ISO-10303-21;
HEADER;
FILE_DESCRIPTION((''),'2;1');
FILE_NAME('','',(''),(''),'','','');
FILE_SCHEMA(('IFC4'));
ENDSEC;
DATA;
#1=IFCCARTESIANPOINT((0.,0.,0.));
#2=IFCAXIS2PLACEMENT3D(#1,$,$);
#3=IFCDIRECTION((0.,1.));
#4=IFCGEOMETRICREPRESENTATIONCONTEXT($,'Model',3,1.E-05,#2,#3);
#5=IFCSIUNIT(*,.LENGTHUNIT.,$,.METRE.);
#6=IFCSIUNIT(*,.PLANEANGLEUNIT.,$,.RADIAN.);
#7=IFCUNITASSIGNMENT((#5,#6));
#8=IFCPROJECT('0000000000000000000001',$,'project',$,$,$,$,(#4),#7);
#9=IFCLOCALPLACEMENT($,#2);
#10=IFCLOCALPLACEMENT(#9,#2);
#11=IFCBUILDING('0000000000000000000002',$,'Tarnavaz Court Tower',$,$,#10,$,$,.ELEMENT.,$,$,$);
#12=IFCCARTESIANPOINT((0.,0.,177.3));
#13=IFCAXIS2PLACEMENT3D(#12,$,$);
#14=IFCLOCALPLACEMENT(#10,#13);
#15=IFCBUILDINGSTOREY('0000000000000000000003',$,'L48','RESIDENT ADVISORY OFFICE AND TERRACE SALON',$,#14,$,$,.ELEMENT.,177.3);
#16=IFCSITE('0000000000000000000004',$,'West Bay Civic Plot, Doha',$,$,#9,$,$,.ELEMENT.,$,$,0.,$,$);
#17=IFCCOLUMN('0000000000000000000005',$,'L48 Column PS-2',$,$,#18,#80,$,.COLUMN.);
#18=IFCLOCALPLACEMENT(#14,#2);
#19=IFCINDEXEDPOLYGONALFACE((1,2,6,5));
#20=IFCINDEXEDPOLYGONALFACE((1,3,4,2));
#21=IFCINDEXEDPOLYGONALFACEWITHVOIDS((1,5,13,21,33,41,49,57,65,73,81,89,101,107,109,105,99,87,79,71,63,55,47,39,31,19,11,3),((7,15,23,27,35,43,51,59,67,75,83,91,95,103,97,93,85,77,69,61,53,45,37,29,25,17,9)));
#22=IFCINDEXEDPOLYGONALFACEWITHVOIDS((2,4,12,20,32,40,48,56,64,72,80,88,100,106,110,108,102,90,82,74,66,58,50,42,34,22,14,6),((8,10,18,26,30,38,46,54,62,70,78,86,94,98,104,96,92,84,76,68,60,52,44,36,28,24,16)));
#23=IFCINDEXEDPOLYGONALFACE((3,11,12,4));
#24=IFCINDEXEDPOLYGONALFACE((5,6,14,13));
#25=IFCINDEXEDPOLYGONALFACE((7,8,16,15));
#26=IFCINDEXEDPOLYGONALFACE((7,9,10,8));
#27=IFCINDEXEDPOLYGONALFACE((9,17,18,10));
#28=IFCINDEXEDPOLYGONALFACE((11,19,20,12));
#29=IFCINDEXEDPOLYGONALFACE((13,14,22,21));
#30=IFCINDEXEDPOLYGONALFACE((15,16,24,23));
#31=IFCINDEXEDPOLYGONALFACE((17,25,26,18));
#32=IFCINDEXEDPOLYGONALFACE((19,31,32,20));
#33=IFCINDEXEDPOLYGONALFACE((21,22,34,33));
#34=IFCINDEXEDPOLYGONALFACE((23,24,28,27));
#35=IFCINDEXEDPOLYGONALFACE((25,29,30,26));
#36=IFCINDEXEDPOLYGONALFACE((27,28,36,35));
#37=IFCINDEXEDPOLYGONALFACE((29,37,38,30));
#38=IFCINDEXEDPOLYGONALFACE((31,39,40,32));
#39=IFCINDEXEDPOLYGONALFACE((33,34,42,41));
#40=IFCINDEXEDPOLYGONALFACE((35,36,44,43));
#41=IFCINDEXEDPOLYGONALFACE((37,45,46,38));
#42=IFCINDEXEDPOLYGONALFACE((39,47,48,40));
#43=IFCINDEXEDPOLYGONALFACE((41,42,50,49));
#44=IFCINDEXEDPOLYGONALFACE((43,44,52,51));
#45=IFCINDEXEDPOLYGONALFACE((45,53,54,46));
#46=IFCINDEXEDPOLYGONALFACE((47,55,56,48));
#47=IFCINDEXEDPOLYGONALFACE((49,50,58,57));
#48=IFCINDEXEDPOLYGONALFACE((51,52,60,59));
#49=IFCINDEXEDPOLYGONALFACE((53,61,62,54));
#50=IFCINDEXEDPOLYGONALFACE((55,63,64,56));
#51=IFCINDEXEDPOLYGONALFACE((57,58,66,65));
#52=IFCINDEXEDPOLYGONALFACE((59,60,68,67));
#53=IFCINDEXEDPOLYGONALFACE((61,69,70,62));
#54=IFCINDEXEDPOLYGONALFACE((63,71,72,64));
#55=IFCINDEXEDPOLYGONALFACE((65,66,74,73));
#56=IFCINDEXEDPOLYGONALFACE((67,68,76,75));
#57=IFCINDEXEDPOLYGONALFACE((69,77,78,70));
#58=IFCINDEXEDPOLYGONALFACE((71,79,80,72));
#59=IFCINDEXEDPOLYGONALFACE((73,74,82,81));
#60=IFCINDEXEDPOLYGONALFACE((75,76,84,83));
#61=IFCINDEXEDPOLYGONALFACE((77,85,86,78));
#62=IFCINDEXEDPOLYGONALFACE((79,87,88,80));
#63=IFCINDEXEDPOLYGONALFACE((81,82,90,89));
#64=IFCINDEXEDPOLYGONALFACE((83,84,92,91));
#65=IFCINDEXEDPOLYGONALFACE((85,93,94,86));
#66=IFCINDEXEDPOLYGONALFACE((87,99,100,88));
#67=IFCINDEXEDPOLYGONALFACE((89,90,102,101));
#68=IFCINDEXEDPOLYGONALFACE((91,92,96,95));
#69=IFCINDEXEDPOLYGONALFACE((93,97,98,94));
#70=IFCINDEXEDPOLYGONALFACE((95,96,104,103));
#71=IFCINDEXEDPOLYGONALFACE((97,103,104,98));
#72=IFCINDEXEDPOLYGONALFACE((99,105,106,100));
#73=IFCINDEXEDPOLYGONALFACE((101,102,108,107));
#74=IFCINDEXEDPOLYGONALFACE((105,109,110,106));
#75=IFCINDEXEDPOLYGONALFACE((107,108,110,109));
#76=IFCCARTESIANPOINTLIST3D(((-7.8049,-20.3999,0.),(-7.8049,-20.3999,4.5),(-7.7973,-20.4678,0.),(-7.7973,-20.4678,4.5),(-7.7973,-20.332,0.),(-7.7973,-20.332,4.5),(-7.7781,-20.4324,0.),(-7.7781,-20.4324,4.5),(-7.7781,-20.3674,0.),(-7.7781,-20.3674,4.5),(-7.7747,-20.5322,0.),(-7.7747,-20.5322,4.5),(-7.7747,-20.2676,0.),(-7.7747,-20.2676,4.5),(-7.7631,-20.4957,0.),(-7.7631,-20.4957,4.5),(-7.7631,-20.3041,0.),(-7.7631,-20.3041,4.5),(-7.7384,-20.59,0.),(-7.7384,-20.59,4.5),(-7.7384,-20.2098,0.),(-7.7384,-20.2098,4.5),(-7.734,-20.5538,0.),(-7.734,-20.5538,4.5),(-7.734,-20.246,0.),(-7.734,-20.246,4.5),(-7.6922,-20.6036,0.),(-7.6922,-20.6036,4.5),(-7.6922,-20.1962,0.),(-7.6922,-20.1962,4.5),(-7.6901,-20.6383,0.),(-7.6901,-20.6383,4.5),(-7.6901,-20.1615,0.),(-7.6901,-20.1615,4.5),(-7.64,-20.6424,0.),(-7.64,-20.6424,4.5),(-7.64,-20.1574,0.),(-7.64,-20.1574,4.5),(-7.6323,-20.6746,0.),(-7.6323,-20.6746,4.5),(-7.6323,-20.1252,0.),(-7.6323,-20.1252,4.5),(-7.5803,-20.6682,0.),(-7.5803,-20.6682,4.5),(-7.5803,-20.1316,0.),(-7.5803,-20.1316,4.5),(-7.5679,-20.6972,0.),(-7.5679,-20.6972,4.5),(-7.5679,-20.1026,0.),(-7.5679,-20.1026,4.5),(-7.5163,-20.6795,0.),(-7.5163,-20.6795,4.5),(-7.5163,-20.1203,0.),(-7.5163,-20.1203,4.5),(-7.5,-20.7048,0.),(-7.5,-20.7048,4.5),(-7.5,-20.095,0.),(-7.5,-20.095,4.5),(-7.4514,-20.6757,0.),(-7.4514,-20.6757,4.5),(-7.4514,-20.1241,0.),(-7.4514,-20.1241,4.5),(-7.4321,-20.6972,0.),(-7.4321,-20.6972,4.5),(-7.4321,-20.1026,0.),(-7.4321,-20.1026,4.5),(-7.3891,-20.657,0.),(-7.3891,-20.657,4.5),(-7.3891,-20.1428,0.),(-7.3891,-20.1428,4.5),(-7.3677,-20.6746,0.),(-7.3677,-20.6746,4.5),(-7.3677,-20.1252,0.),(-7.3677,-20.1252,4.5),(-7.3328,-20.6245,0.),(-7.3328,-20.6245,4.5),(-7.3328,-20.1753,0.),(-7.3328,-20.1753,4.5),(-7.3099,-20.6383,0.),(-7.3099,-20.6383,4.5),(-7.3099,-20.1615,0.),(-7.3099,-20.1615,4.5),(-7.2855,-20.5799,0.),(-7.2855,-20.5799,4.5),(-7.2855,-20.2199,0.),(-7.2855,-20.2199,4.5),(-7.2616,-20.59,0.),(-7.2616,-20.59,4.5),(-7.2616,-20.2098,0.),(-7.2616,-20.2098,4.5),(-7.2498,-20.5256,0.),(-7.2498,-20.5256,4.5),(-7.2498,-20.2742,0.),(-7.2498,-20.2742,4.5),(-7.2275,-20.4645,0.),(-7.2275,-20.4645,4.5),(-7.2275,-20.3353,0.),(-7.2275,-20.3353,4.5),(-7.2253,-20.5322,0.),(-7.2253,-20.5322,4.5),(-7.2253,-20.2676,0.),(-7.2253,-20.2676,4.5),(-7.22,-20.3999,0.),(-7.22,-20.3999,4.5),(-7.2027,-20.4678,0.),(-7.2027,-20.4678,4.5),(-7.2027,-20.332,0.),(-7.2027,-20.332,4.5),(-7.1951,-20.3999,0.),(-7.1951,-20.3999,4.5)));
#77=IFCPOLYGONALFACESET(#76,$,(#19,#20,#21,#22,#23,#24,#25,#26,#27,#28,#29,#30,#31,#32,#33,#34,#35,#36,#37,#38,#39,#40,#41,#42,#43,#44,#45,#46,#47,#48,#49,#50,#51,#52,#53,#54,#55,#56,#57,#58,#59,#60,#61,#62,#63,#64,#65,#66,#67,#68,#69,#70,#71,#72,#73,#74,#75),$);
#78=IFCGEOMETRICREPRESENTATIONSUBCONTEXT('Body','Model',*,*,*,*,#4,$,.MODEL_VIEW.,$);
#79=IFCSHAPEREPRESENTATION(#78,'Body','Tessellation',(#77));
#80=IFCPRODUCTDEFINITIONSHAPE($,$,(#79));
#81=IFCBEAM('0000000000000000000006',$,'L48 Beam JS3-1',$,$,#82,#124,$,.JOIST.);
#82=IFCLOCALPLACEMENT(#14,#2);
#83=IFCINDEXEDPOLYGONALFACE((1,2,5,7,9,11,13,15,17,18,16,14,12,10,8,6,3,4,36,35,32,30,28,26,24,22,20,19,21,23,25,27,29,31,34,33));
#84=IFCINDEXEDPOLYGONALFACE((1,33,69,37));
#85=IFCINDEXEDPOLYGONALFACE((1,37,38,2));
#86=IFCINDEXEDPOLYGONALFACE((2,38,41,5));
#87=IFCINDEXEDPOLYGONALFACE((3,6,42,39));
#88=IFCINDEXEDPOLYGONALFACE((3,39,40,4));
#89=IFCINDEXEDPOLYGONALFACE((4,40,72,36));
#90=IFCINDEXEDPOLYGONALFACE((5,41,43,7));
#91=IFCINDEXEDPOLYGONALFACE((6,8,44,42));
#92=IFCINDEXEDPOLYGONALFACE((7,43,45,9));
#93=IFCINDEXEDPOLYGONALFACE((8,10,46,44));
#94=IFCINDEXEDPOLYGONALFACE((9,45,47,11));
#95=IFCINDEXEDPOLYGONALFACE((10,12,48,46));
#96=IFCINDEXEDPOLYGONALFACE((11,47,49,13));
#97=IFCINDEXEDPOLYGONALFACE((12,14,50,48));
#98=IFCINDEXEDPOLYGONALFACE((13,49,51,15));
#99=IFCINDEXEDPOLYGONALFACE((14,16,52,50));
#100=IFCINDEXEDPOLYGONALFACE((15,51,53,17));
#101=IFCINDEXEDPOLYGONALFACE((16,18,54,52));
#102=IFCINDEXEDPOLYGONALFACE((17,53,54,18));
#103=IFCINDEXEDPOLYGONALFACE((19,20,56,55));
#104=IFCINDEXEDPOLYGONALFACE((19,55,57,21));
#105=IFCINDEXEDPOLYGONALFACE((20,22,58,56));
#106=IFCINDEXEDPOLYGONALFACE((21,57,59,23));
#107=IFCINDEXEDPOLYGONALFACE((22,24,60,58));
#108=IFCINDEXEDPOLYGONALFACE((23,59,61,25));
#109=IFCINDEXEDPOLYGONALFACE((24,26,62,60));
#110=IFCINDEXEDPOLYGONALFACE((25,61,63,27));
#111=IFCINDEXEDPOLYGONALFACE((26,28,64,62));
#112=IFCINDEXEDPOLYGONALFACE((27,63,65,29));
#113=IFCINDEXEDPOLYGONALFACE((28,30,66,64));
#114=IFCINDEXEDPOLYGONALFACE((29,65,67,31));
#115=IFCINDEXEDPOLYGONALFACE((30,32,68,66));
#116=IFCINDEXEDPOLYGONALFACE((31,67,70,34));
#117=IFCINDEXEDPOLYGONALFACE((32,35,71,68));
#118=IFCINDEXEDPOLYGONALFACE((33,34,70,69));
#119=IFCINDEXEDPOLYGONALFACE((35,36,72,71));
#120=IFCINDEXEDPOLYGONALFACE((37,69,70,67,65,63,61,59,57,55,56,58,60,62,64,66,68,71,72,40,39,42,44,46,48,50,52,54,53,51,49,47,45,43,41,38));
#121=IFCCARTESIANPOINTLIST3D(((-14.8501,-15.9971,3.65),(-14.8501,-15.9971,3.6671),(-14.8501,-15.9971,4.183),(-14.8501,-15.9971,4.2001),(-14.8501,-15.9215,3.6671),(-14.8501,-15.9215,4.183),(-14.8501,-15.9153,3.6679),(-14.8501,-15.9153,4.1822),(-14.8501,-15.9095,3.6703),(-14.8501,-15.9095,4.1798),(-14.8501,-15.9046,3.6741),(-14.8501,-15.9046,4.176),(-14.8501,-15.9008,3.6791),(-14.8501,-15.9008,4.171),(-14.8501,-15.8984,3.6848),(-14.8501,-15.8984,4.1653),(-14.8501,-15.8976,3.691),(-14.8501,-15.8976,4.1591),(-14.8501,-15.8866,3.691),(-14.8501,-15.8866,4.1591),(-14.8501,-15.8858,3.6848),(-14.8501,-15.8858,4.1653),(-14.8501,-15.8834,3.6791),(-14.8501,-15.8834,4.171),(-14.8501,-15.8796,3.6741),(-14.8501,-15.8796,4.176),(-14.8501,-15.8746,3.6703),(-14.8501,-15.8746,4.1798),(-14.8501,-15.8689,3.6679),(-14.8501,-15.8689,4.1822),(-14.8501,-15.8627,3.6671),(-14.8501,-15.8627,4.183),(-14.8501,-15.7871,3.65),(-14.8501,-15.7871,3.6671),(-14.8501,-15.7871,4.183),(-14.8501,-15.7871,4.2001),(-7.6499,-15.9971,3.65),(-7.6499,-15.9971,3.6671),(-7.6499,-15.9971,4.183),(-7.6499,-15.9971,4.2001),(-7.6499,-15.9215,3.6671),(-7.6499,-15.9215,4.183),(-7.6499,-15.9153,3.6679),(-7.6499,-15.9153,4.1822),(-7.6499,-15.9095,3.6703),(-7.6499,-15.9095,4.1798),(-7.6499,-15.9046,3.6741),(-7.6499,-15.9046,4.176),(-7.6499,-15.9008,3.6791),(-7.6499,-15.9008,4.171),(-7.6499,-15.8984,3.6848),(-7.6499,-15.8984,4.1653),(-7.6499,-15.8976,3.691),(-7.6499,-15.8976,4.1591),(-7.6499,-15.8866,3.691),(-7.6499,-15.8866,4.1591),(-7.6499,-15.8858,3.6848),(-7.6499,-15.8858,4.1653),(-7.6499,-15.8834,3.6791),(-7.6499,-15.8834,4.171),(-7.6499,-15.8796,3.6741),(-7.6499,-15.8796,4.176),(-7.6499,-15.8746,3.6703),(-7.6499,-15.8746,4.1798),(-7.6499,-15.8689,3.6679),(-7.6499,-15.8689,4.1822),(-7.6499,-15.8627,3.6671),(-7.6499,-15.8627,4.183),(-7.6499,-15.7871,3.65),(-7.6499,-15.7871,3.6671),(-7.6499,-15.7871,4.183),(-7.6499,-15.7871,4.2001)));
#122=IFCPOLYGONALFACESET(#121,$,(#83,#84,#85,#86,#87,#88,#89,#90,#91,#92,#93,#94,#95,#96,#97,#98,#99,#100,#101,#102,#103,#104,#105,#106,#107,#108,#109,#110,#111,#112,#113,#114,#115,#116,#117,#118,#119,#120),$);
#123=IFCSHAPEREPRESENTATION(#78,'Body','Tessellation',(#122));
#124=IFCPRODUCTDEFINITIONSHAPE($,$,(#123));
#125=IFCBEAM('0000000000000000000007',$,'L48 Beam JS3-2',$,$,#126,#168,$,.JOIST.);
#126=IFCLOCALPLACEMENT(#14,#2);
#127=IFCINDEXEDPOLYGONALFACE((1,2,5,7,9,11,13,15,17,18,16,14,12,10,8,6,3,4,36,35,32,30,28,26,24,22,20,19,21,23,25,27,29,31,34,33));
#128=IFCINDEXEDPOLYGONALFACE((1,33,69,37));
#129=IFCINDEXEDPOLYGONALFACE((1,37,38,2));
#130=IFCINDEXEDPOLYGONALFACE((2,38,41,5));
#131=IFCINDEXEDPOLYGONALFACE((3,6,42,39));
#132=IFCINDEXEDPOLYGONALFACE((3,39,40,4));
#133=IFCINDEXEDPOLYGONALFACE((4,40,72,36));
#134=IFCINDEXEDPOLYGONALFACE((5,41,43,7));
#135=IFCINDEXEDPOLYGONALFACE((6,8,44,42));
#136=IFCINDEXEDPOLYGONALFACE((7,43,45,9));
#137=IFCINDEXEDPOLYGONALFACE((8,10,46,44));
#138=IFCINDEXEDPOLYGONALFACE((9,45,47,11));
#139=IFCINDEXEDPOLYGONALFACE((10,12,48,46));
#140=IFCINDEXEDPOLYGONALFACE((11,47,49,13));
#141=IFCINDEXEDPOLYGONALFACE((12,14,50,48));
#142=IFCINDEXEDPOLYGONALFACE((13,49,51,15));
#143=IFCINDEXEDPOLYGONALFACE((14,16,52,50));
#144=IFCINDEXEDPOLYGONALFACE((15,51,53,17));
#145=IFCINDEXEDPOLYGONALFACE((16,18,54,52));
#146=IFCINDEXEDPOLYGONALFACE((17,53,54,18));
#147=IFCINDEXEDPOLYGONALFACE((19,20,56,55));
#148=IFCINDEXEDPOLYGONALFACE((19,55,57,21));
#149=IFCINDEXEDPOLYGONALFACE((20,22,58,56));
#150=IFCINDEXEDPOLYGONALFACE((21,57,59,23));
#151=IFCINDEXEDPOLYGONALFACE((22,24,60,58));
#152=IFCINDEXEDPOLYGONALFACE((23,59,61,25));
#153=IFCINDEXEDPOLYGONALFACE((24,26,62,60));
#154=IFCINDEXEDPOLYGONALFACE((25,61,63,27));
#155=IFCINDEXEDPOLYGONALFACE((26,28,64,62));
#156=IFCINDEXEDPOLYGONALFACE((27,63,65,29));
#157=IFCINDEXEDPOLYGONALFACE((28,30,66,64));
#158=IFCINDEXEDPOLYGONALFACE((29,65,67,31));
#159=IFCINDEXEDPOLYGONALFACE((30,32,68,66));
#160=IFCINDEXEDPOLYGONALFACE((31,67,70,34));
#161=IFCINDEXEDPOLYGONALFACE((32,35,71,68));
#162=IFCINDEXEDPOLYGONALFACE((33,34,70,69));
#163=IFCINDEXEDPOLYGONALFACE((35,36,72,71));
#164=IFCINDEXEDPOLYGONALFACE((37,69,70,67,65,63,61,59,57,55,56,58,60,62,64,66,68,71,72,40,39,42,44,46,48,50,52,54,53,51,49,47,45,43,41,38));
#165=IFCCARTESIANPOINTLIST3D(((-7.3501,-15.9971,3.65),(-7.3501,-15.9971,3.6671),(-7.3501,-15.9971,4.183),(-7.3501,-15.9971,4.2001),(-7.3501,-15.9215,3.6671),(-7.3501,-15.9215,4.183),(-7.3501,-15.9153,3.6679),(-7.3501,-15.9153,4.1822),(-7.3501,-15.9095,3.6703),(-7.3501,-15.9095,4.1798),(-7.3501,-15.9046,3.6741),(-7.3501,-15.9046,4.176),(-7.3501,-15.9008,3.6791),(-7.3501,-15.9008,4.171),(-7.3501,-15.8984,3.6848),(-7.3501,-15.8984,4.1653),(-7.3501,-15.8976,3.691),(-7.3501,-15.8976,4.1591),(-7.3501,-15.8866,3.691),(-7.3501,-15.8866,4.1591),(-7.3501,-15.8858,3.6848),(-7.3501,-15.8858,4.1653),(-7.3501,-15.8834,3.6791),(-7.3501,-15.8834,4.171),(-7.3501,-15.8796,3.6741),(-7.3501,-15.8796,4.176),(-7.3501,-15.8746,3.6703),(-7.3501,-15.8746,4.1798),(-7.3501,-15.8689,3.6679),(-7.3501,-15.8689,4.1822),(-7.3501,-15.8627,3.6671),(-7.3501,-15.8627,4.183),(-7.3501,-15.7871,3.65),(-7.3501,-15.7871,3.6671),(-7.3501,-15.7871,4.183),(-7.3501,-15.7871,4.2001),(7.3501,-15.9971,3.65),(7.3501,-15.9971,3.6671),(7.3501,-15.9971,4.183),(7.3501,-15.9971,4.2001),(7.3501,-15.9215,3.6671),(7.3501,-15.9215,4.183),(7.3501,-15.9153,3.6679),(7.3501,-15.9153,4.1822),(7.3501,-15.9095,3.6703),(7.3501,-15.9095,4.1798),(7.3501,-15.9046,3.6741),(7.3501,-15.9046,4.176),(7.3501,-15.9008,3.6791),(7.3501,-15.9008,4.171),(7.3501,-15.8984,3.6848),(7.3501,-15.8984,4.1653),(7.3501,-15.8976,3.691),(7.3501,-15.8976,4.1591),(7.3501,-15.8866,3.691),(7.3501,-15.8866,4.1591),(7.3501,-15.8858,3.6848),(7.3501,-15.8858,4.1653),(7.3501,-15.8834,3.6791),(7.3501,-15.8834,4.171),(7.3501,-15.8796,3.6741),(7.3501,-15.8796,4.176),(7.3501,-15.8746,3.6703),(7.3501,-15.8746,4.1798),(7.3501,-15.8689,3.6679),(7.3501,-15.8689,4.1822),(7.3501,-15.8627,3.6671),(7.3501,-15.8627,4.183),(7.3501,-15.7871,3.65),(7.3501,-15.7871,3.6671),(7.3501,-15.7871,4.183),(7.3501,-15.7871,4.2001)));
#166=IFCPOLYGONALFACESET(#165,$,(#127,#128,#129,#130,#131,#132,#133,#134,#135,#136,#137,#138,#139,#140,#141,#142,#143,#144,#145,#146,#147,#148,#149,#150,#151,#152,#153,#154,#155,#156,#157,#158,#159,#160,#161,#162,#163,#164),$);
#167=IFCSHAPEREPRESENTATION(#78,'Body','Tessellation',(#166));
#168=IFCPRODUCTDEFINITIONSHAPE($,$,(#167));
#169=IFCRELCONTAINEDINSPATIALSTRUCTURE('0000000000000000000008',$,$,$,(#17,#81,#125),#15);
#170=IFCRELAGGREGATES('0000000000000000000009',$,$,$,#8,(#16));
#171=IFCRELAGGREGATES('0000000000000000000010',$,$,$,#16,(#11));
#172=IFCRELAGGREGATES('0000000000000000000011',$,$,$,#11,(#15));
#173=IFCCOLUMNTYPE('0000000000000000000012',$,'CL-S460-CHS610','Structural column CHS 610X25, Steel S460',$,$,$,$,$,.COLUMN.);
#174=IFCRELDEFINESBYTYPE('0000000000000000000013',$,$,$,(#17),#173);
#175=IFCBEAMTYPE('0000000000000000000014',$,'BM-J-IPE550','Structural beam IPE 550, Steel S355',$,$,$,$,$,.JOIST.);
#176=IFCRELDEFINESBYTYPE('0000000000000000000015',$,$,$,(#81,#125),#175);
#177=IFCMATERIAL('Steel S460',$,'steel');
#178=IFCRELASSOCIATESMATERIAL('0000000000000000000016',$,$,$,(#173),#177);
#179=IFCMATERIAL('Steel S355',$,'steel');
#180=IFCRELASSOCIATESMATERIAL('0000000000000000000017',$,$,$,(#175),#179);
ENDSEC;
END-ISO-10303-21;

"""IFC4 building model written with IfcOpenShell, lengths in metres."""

from ifc_helpers import new_model, si_unit, direction, frame, origin, origin_2d, place, context, subcontext, project, spatial, hollow_circle, i_section, extrude, material, material_profile, profile_set, type_object, element, save


model = new_model("IFC4")

# Units and contexts
model_context = context("Model", 3, precision=1e-05, world=origin(), true_north=direction((0.0, 1.0)))
body_context = subcontext(model_context, "Body", "Model", "MODEL_VIEW")
ifc_project = project(units=[si_unit("LENGTHUNIT", "METRE"), si_unit("PLANEANGLEUNIT", "RADIAN")], contexts=[model_context])

# Site, building, storey
site_placement = place(None, origin())
site = spatial("IfcSite", under=ifc_project, at=site_placement, Name="West Bay Civic Plot, Doha", CompositionType="ELEMENT", RefElevation=0.0)
building_placement = place(site_placement, origin())
building = spatial("IfcBuilding", under=site, at=building_placement, Name="Tarnavaz Court Tower", CompositionType="ELEMENT")
storey_placement = place(building_placement, frame((0.0, 0.0, 177.3)))
storey = spatial("IfcBuildingStorey", under=building, at=storey_placement, Name="L48", Description="RESIDENT ADVISORY OFFICE AND TERRACE SALON", CompositionType="ELEMENT", Elevation=177.3)

# Column
ifc_material_1 = material(Name="Steel S460", Category="steel")
ifc_material_profile_1 = material_profile(ifc_material_1, hollow_circle(Radius=0.3049, WallThickness=0.0249, at=origin_2d()), Name="CHS 610X25")
ifc_profile_set_1 = profile_set([ifc_material_profile_1], Name="Steel S460")
column_type = type_object("IfcColumnType", Name="CL-S460-CHS610", Description="Structural column CHS 610X25, Steel S460", PredefinedType="COLUMN", material=ifc_profile_set_1)
column_placement = place(storey_placement, frame((-7.5, -20.3999, 0.0), z_axis=(0.0, 0.0, 1.0), x_axis=(1.0, 0.0, 0.0)))
element("IfcColumn", 1, at=column_placement, inside=storey, type_object=column_type, Name="L48 Column PS-2", PredefinedType="COLUMN", context=body_context, shape_type="SweptSolid", body=[
    extrude(hollow_circle(Radius=0.3049, WallThickness=0.0249, at=origin_2d()), origin(), (0.0, 0.0, 1.0), 4.5),
])

# Beams
ifc_material_2 = material(Name="Steel S355", Category="steel")
ifc_material_profile_2 = material_profile(ifc_material_2, i_section(OverallWidth=0.21, OverallDepth=0.55, WebThickness=0.011, FlangeThickness=0.0171, FilletRadius=0.0239, at=origin_2d()), Name="IPE 550")
ifc_profile_set_2 = profile_set([ifc_material_profile_2], Name="Steel S355")
beam_type_1 = type_object("IfcBeamType", Name="BM-J-IPE550", Description="Structural beam IPE 550, Steel S355", PredefinedType="JOIST", material=ifc_profile_set_2)
beam_1_placement = place(storey_placement, frame((-14.8501, -15.8921, 3.925), z_axis=(1.0, 0.0, 0.0), x_axis=(0.0, 1.0, 0.0)))
element("IfcBeam", 2, at=beam_1_placement, inside=storey, type_object=beam_type_1, Name="L48 Beam JS3-1", PredefinedType="JOIST", context=body_context, shape_type="SweptSolid", body=[
    extrude(i_section(OverallWidth=0.21, OverallDepth=0.55, WebThickness=0.011, FlangeThickness=0.0171, FilletRadius=0.0239, at=origin_2d()), origin(), (0.0, 0.0, 1.0), 7.2002),
])
beam_2_placement = place(storey_placement, frame((-7.3501, -15.8921, 3.925), z_axis=(1.0, 0.0, 0.0), x_axis=(0.0, 1.0, 0.0)))
element("IfcBeam", 3, at=beam_2_placement, inside=storey, type_object=beam_type_1, Name="L48 Beam JS3-2", PredefinedType="JOIST", context=body_context, shape_type="SweptSolid", body=[
    extrude(i_section(OverallWidth=0.21, OverallDepth=0.55, WebThickness=0.011, FlangeThickness=0.0171, FilletRadius=0.0239, at=origin_2d()), origin(), (0.0, 0.0, 1.0), 14.7002),
])

save(model, "model.ifc")
